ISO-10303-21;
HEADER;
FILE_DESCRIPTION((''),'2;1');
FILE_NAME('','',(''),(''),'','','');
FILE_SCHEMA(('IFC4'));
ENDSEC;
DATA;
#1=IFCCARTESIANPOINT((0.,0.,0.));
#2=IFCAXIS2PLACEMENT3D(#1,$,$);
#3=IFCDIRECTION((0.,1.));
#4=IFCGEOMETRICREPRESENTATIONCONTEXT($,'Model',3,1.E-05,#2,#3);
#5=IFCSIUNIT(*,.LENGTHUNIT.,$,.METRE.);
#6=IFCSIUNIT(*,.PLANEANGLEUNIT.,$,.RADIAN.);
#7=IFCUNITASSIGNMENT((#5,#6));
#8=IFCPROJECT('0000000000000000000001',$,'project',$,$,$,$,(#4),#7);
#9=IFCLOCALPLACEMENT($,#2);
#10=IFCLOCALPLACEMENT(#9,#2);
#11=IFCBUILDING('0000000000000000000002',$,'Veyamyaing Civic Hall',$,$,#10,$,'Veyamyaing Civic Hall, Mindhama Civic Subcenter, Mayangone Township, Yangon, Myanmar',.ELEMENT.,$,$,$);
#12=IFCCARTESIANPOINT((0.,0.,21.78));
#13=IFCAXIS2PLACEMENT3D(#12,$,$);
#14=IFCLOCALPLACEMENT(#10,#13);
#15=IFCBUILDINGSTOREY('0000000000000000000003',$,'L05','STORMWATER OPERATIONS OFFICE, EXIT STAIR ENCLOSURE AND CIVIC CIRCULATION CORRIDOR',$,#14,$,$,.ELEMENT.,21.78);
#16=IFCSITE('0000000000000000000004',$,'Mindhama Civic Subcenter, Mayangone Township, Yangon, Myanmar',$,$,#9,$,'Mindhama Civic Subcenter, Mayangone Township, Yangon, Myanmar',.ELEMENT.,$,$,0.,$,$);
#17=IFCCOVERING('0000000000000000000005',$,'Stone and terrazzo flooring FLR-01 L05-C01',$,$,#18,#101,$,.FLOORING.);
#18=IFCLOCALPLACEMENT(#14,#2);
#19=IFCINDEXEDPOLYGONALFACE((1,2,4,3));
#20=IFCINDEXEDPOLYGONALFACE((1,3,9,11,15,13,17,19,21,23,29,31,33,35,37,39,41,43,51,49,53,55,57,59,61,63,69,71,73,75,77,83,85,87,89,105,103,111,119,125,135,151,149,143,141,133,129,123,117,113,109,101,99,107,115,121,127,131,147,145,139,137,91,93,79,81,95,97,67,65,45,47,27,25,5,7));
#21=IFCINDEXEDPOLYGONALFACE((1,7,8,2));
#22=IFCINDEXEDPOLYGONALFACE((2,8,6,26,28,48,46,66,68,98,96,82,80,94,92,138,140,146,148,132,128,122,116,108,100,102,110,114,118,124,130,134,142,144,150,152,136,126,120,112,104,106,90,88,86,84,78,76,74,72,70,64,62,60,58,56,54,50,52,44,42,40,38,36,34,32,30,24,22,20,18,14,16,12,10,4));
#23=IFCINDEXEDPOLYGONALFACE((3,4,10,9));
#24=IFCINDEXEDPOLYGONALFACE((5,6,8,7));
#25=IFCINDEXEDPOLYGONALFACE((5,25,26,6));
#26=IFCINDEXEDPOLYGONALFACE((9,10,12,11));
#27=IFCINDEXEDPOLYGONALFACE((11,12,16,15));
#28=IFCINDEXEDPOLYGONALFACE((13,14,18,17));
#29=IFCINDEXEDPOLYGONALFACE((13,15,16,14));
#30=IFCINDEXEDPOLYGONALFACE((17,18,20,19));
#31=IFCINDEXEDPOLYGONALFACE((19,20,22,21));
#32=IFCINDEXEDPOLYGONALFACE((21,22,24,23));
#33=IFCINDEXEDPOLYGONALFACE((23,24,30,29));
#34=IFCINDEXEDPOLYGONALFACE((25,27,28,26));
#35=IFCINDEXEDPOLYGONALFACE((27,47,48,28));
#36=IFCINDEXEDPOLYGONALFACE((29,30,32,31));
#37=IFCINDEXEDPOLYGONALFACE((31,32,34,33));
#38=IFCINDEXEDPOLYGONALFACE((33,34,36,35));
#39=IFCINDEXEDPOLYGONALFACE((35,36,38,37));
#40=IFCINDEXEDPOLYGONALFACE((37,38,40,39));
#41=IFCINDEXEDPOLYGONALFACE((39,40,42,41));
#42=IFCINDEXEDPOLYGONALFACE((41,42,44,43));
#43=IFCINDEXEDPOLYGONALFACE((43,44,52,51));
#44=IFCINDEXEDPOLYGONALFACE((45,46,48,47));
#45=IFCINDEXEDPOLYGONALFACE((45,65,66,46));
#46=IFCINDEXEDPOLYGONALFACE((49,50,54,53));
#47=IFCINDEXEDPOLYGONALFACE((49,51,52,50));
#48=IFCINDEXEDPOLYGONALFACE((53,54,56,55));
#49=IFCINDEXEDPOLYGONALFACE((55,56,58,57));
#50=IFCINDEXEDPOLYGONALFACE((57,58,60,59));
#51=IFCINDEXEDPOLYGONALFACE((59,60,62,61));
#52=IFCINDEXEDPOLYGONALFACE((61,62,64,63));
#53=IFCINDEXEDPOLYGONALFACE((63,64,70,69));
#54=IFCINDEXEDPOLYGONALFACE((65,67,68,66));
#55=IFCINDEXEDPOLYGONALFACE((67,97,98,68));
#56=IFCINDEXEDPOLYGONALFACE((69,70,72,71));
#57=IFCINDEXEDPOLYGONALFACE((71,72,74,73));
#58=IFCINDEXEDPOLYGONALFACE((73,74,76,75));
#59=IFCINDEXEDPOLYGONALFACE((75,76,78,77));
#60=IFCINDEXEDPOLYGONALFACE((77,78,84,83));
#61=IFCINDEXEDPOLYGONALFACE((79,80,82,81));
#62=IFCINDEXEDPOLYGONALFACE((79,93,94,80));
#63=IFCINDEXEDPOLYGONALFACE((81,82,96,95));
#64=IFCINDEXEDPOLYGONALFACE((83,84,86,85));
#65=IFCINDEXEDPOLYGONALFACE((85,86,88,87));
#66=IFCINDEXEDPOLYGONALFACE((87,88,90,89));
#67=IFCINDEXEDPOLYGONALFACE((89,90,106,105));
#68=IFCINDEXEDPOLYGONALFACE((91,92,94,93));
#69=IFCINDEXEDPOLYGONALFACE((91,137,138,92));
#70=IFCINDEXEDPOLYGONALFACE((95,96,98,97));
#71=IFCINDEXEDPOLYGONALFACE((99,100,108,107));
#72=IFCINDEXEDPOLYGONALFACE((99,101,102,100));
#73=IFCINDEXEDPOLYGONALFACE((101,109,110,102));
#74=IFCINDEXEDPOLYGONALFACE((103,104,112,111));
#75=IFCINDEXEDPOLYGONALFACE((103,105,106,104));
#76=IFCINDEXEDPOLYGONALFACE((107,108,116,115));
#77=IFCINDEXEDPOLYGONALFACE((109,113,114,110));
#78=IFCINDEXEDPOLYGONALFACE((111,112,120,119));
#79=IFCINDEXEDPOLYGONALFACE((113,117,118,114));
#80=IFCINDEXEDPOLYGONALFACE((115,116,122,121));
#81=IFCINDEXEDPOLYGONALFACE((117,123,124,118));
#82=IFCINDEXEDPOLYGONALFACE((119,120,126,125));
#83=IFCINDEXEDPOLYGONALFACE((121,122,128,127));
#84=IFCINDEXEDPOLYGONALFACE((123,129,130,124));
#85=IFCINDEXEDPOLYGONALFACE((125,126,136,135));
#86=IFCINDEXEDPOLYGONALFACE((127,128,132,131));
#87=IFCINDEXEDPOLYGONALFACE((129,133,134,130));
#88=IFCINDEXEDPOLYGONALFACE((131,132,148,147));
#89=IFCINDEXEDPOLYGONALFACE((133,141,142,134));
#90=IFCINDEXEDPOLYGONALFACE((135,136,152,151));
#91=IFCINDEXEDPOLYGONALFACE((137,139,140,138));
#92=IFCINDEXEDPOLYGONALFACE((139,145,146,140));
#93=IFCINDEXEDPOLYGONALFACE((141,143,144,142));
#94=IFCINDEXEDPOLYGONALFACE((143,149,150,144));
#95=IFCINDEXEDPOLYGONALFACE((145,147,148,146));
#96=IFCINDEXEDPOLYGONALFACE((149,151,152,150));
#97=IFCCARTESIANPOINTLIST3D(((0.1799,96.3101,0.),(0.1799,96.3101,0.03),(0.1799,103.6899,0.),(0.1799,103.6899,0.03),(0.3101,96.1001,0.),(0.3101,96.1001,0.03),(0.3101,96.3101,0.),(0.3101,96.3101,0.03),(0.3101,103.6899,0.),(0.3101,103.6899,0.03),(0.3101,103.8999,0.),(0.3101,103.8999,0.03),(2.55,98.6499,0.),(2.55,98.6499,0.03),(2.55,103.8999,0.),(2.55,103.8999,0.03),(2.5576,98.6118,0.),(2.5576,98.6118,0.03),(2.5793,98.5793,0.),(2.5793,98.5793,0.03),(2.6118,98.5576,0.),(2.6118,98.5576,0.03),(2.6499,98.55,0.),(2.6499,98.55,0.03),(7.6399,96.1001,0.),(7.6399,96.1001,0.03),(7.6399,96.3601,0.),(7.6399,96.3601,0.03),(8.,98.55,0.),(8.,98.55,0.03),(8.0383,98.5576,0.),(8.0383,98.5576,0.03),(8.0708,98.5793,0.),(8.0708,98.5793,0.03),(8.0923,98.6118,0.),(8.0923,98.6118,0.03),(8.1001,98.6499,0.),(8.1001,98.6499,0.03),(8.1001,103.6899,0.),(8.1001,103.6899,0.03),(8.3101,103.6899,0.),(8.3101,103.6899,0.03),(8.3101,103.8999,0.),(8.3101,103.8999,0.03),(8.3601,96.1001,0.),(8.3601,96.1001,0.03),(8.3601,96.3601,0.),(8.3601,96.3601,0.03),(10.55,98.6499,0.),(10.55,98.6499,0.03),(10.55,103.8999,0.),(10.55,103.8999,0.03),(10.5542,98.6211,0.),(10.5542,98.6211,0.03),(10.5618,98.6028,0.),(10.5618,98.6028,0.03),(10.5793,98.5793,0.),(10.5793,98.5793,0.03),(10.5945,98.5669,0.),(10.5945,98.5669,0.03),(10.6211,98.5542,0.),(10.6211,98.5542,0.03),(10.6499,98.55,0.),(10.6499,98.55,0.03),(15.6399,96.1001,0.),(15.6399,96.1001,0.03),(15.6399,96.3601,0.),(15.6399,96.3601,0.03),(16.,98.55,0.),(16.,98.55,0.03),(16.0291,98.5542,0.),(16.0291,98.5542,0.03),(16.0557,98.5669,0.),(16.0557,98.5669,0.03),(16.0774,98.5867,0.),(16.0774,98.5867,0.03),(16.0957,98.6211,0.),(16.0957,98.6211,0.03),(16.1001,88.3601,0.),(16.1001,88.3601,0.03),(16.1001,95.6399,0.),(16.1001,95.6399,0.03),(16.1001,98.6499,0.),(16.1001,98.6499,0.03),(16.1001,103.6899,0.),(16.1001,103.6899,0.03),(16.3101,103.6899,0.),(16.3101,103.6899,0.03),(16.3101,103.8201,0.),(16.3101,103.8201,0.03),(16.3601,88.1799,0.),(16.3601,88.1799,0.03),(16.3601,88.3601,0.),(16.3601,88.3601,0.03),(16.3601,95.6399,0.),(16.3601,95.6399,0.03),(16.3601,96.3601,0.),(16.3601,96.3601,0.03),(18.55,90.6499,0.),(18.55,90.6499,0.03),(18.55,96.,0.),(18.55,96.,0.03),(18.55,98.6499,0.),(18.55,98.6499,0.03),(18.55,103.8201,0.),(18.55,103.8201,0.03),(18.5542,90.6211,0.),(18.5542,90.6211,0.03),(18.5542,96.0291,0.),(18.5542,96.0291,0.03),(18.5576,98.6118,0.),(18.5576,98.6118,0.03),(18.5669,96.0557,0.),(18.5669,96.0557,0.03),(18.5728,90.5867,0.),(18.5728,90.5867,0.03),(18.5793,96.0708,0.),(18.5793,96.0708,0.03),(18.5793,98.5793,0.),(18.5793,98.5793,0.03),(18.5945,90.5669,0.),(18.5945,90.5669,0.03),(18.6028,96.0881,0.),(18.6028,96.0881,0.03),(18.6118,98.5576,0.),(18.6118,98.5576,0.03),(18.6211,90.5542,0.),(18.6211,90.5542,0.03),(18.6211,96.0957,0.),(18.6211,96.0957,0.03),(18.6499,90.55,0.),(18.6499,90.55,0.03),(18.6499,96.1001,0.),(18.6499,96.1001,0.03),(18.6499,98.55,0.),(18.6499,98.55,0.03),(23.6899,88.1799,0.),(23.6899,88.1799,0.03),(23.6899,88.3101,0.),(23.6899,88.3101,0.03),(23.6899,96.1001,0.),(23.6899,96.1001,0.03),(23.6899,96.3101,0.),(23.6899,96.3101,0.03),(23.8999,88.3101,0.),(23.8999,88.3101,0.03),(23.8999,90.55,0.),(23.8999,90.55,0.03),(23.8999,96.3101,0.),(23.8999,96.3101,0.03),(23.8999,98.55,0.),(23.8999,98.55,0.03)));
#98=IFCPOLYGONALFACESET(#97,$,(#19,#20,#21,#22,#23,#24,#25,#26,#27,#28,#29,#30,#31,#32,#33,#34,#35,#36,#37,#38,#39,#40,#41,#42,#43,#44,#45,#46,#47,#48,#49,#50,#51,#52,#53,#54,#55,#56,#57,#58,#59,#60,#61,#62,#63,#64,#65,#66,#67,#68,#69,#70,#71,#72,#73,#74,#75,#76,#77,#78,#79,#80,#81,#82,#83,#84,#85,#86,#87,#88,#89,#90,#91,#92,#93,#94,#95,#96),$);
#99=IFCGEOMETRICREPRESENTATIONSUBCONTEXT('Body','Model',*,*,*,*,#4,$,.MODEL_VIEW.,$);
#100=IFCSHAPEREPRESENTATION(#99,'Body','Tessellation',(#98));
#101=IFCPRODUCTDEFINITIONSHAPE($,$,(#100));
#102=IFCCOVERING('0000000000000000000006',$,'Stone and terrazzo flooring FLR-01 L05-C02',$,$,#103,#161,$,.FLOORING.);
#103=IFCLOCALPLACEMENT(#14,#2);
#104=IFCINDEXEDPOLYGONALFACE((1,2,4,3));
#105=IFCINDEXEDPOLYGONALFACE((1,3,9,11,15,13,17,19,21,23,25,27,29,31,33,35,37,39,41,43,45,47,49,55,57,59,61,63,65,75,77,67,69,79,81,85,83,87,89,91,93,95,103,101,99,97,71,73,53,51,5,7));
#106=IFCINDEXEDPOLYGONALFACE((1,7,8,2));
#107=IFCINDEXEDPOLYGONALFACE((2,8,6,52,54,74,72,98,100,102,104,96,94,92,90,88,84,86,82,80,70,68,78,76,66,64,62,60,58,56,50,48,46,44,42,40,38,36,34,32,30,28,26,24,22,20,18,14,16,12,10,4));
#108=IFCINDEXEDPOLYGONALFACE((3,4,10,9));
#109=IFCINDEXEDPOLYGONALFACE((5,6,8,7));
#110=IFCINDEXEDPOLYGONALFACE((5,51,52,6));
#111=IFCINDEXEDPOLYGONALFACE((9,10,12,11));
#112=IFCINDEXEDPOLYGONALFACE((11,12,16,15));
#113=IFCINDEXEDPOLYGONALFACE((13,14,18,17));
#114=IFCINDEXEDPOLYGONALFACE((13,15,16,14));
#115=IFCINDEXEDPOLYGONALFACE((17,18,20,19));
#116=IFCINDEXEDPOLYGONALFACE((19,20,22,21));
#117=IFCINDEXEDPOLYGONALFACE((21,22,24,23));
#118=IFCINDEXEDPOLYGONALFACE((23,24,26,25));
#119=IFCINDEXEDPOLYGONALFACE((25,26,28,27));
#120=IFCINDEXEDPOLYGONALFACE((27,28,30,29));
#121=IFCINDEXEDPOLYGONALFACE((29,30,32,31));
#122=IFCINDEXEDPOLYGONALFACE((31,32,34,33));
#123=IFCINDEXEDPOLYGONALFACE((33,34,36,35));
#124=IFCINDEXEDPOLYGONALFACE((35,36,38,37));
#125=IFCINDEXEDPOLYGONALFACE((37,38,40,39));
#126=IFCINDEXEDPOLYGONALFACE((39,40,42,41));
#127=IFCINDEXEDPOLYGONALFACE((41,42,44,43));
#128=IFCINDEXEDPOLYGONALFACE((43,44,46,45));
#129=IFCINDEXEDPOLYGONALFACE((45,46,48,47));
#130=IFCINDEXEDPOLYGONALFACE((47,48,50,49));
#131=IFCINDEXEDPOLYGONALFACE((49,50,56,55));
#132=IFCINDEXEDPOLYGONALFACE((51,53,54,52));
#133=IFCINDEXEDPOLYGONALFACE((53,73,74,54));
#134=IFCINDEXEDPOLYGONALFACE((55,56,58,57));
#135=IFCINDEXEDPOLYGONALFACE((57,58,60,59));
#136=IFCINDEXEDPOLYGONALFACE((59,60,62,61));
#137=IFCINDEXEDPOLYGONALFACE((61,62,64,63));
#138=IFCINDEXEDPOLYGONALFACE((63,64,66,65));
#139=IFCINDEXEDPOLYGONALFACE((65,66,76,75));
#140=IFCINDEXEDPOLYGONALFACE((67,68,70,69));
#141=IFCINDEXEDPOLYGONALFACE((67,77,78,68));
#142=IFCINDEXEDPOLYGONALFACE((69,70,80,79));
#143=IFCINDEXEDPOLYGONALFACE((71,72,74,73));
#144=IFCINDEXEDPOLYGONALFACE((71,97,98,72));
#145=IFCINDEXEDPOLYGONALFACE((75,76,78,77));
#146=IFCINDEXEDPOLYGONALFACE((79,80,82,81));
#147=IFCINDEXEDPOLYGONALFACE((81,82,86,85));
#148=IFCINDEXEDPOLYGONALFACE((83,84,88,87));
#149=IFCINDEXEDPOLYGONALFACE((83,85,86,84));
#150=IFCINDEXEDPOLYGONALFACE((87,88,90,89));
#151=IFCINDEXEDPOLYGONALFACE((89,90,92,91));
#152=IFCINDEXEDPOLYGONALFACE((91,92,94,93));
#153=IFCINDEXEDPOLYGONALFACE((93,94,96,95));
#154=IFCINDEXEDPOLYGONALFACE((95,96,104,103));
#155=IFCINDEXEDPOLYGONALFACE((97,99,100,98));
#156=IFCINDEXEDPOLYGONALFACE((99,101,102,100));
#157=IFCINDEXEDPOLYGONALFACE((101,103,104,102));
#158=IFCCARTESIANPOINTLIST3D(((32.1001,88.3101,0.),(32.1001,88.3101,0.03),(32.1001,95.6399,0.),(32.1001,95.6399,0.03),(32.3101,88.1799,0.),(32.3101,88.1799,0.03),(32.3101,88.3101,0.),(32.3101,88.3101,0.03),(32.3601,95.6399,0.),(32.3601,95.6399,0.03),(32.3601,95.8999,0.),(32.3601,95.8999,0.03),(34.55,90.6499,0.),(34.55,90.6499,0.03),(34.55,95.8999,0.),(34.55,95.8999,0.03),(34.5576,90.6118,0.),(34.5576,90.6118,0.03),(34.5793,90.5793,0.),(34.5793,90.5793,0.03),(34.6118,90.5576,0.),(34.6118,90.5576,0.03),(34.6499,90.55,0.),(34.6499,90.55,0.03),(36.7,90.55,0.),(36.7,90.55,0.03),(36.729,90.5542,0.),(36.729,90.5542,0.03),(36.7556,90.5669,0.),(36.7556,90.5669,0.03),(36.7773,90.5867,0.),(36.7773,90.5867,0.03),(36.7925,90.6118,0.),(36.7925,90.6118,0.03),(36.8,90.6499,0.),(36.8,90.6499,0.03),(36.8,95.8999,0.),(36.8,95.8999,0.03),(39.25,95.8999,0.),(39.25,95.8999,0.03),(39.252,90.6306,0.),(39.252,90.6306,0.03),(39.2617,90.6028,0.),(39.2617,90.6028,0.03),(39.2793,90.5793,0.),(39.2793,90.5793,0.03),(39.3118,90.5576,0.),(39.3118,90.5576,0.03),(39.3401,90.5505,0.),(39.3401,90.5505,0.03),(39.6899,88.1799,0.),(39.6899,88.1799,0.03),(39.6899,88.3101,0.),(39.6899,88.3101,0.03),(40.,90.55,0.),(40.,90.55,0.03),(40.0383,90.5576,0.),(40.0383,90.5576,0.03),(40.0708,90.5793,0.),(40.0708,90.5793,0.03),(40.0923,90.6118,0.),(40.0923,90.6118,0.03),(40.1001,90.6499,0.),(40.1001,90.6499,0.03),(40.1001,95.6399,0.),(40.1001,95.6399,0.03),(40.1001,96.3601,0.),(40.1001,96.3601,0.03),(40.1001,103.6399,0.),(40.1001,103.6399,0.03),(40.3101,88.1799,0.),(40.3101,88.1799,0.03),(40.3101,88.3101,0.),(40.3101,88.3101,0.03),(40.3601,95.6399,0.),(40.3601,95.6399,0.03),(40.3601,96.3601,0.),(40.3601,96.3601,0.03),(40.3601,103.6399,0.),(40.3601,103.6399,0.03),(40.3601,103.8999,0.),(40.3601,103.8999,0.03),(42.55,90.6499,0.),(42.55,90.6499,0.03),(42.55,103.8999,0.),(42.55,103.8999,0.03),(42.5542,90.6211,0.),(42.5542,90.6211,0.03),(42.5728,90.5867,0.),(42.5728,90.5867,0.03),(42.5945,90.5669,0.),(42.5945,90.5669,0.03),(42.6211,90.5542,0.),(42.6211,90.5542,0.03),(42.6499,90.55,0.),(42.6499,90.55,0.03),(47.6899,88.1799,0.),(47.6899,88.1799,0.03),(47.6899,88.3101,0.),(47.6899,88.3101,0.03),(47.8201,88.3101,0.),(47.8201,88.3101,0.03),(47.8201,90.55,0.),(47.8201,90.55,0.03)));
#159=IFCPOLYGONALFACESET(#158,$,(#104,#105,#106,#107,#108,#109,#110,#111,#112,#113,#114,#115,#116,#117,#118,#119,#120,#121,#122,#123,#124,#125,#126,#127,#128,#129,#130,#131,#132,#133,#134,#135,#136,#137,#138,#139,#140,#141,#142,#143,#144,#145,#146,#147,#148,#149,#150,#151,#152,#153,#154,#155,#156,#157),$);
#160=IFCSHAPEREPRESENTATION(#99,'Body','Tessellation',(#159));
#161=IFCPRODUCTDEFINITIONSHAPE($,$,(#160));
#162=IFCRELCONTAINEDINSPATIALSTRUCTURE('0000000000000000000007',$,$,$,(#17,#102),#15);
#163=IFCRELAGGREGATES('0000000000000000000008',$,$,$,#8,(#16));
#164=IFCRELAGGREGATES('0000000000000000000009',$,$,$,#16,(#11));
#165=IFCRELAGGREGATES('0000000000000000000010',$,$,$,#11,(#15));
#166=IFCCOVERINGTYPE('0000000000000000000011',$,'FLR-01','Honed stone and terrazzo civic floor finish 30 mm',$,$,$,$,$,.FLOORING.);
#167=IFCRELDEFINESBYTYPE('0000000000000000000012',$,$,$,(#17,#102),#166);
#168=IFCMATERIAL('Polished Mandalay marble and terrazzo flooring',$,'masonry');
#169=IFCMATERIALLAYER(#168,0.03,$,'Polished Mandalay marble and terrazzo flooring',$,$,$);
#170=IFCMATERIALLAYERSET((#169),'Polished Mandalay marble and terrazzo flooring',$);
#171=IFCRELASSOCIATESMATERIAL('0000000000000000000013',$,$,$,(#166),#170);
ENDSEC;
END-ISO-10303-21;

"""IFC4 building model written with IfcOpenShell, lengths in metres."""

from ifc_helpers import new_model, si_unit, direction, frame, origin, place, context, subcontext, project, spatial, polyline, outline, extrude, material, layer, layer_set, type_object, element, save


model = new_model("IFC4")

# Units and contexts
model_context = context("Model", 3, precision=1e-05, world=origin(), true_north=direction((0.0, 1.0)))
body_context = subcontext(model_context, "Body", "Model", "MODEL_VIEW")
ifc_project = project(units=[si_unit("LENGTHUNIT", "METRE"), si_unit("PLANEANGLEUNIT", "RADIAN")], contexts=[model_context])

# Site, building, storey
site_placement = place(None, origin())
site = spatial("IfcSite", under=ifc_project, at=site_placement, Name="Mindhama Civic Subcenter, Mayangone Township, Yangon, Myanmar", LongName="Mindhama Civic Subcenter, Mayangone Township, Yangon, Myanmar", CompositionType="ELEMENT", RefElevation=0.0)
building_placement = place(site_placement, origin())
building = spatial("IfcBuilding", under=site, at=building_placement, Name="Veyamyaing Civic Hall", LongName="Veyamyaing Civic Hall, Mindhama Civic Subcenter, Mayangone Township, Yangon, Myanmar", CompositionType="ELEMENT")
storey_placement = place(building_placement, frame((0.0, 0.0, 21.78)))
storey = spatial("IfcBuildingStorey", under=building, at=storey_placement, Name="L05", Description="STORMWATER OPERATIONS OFFICE, EXIT STAIR ENCLOSURE AND CIVIC CIRCULATION CORRIDOR", CompositionType="ELEMENT", Elevation=21.78)

# Coverings
ifc_material_1 = material(Name="Polished Mandalay marble and terrazzo flooring", Category="masonry")
ifc_layer_1 = layer(ifc_material_1, 0.03, Name="Polished Mandalay marble and terrazzo flooring")
ifc_layer_set_1 = layer_set([ifc_layer_1], Name="Polished Mandalay marble and terrazzo flooring")
covering_type_1 = type_object("IfcCoveringType", Name="FLR-01", Description="Honed stone and terrazzo civic floor finish 30 mm", PredefinedType="FLOORING", material=ifc_layer_set_1)
covering_1_placement = place(storey_placement, origin())
element("IfcCovering", 1, at=covering_1_placement, inside=storey, type_object=covering_type_1, Name="Stone and terrazzo flooring FLR-01 L05-C01", PredefinedType="FLOORING", context=body_context, shape_type="SweptSolid", body=[
    extrude(outline(polyline([(8.3601, 96.1001), (8.3601, 96.3601), (7.6399, 96.3601), (7.6399, 96.1001), (0.3101, 96.1001), (0.3101, 96.3101), (0.1799, 96.3101), (0.1799, 103.6899), (0.3101, 103.6899), (0.3101, 103.8999), (2.55, 103.8999), (2.55, 98.6499), (2.5576, 98.6118), (2.5793, 98.5793), (2.6118, 98.5576), (2.6499, 98.55), (8.0, 98.55), (8.0383, 98.5576), (8.0708, 98.5793), (8.0923, 98.6118), (8.1001, 98.6499), (8.1001, 103.6899), (8.3101, 103.6899), (8.3101, 103.8999), (10.55, 103.8999), (10.55, 98.6499), (10.5542, 98.6211), (10.5618, 98.6028), (10.5793, 98.5793), (10.5945, 98.5669), (10.6211, 98.5542), (10.6499, 98.55), (16.0, 98.55), (16.0291, 98.5542), (16.0557, 98.5669), (16.0774, 98.5867), (16.0957, 98.6211), (16.1001, 98.6499), (16.1001, 103.6899), (16.3101, 103.6899), (16.3101, 103.8201), (18.55, 103.8201), (18.55, 98.6499), (18.5576, 98.6118), (18.5793, 98.5793), (18.6118, 98.5576), (18.6499, 98.55), (23.8999, 98.55), (23.8999, 96.3101), (23.6899, 96.3101), (23.6899, 96.1001), (18.6499, 96.1001), (18.6211, 96.0957), (18.6028, 96.0881), (18.5793, 96.0708), (18.5669, 96.0557), (18.5542, 96.0291), (18.55, 96.0), (18.55, 90.6499), (18.5542, 90.6211), (18.5728, 90.5867), (18.5945, 90.5669), (18.6211, 90.5542), (18.6499, 90.55), (23.8999, 90.55), (23.8999, 88.3101), (23.6899, 88.3101), (23.6899, 88.1799), (16.3601, 88.1799), (16.3601, 88.3601), (16.1001, 88.3601), (16.1001, 95.6399), (16.3601, 95.6399), (16.3601, 96.3601), (15.6399, 96.3601), (15.6399, 96.1001), (8.3601, 96.1001)])), origin(), (0.0, 0.0, 1.0), 0.03),
])
covering_2_placement = place(storey_placement, origin())
element("IfcCovering", 2, at=covering_2_placement, inside=storey, type_object=covering_type_1, Name="Stone and terrazzo flooring FLR-01 L05-C02", PredefinedType="FLOORING", context=body_context, shape_type="SweptSolid", body=[
    extrude(outline(polyline([(34.55, 95.8999), (34.55, 90.6499), (34.5576, 90.6118), (34.5793, 90.5793), (34.6118, 90.5576), (34.6499, 90.55), (36.7, 90.55), (36.729, 90.5542), (36.7556, 90.5669), (36.7773, 90.5867), (36.7925, 90.6118), (36.8, 90.6499), (36.8, 95.8999), (39.25, 95.8999), (39.252, 90.6306), (39.2617, 90.6028), (39.2793, 90.5793), (39.3118, 90.5576), (39.3401, 90.5505), (40.0, 90.55), (40.0383, 90.5576), (40.0708, 90.5793), (40.0923, 90.6118), (40.1001, 90.6499), (40.1001, 95.6399), (40.3601, 95.6399), (40.3601, 96.3601), (40.1001, 96.3601), (40.1001, 103.6399), (40.3601, 103.6399), (40.3601, 103.8999), (42.55, 103.8999), (42.55, 90.6499), (42.5542, 90.6211), (42.5728, 90.5867), (42.5945, 90.5669), (42.6211, 90.5542), (42.6499, 90.55), (47.8201, 90.55), (47.8201, 88.3101), (47.6899, 88.3101), (47.6899, 88.1799), (40.3101, 88.1799), (40.3101, 88.3101), (39.6899, 88.3101), (39.6899, 88.1799), (32.3101, 88.1799), (32.3101, 88.3101), (32.1001, 88.3101), (32.1001, 95.6399), (32.3601, 95.6399), (32.3601, 95.8999), (34.55, 95.8999)])), origin(), (0.0, 0.0, 1.0), 0.03),
])

save(model, "model.ifc")
